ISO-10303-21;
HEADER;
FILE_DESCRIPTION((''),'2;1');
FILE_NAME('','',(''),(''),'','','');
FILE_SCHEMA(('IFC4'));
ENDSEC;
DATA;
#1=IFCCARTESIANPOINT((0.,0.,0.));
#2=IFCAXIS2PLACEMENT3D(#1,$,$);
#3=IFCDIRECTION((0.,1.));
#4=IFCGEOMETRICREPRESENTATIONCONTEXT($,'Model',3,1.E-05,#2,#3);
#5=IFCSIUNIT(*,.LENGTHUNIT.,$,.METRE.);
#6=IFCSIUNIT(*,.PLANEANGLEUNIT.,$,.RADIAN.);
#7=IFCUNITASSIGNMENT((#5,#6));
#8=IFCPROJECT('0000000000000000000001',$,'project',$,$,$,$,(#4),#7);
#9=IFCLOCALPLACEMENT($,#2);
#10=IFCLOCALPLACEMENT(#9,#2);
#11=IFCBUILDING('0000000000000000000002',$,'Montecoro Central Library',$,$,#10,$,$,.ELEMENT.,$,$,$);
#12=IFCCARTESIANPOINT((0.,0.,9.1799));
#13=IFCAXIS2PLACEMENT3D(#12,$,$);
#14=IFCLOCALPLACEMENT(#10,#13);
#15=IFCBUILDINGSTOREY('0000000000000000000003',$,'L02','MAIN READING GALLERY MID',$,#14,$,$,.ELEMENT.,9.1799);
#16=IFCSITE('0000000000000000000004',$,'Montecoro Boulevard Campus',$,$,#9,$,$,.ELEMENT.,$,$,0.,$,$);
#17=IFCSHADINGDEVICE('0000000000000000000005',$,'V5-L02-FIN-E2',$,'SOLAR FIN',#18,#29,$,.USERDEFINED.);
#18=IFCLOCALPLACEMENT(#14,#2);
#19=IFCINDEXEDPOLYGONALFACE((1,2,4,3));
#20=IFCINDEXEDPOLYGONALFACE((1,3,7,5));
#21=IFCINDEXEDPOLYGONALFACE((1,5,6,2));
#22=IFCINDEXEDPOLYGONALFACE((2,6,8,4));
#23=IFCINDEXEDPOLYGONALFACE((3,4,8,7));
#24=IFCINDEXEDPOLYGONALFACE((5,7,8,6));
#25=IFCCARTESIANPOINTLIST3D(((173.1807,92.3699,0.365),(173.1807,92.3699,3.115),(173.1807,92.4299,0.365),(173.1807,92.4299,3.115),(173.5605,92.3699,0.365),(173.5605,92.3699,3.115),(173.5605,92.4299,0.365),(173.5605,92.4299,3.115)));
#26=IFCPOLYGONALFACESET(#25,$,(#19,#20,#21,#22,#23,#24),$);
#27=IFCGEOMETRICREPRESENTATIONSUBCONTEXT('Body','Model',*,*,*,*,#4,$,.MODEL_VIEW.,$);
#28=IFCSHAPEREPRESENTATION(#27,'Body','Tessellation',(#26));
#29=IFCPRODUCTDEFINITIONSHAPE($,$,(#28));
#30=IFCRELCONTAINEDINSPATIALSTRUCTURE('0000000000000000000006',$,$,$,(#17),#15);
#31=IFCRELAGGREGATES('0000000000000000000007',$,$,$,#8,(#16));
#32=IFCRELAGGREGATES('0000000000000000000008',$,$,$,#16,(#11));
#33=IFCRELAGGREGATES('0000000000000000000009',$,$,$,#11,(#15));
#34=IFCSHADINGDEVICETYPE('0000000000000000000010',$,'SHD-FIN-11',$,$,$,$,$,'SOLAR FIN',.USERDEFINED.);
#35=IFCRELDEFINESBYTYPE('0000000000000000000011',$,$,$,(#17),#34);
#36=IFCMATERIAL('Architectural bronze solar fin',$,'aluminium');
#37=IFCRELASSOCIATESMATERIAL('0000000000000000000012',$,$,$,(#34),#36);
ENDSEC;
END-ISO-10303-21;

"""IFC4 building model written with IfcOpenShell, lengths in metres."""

from ifc_helpers import new_model, si_unit, direction, frame, origin, origin_2d, place, context, subcontext, project, spatial, rectangle, extrude, material, type_object, element, save


model = new_model("IFC4")

# Units and contexts
model_context = context("Model", 3, precision=1e-05, world=origin(), true_north=direction((0.0, 1.0)))
body_context = subcontext(model_context, "Body", "Model", "MODEL_VIEW")
ifc_project = project(units=[si_unit("LENGTHUNIT", "METRE"), si_unit("PLANEANGLEUNIT", "RADIAN")], contexts=[model_context])

# Site, building, storey
site_placement = place(None, origin())
site = spatial("IfcSite", under=ifc_project, at=site_placement, Name="Montecoro Boulevard Campus", CompositionType="ELEMENT", RefElevation=0.0)
building_placement = place(site_placement, origin())
building = spatial("IfcBuilding", under=site, at=building_placement, Name="Montecoro Central Library", CompositionType="ELEMENT")
storey_placement = place(building_placement, frame((0.0, 0.0, 9.1799)))
storey = spatial("IfcBuildingStorey", under=building, at=storey_placement, Name="L02", Description="MAIN READING GALLERY MID", CompositionType="ELEMENT", Elevation=9.1799)

# Shading device
ifc_material_1 = material(Name="Architectural bronze solar fin", Category="aluminium")
shading_device_type_1 = type_object("IfcShadingDeviceType", Name="SHD-FIN-11", ElementType="SOLAR FIN", PredefinedType="USERDEFINED", material=ifc_material_1)
shading_device_1_placement = place(storey_placement, frame((173.3706, 92.3999, 0.365), z_axis=(0.0, 0.0, 1.0), x_axis=(0.0, 1.0, 0.0)))
element("IfcShadingDevice", 1, at=shading_device_1_placement, inside=storey, type_object=shading_device_type_1, Name="V5-L02-FIN-E2", ObjectType="SOLAR FIN", PredefinedType="USERDEFINED", context=body_context, shape_type="SweptSolid", body=[
    extrude(rectangle(XDim=0.0601, YDim=0.3799, at=origin_2d()), origin(), (0.0, 0.0, 1.0), 2.75),
])

save(model, "model.ifc")
